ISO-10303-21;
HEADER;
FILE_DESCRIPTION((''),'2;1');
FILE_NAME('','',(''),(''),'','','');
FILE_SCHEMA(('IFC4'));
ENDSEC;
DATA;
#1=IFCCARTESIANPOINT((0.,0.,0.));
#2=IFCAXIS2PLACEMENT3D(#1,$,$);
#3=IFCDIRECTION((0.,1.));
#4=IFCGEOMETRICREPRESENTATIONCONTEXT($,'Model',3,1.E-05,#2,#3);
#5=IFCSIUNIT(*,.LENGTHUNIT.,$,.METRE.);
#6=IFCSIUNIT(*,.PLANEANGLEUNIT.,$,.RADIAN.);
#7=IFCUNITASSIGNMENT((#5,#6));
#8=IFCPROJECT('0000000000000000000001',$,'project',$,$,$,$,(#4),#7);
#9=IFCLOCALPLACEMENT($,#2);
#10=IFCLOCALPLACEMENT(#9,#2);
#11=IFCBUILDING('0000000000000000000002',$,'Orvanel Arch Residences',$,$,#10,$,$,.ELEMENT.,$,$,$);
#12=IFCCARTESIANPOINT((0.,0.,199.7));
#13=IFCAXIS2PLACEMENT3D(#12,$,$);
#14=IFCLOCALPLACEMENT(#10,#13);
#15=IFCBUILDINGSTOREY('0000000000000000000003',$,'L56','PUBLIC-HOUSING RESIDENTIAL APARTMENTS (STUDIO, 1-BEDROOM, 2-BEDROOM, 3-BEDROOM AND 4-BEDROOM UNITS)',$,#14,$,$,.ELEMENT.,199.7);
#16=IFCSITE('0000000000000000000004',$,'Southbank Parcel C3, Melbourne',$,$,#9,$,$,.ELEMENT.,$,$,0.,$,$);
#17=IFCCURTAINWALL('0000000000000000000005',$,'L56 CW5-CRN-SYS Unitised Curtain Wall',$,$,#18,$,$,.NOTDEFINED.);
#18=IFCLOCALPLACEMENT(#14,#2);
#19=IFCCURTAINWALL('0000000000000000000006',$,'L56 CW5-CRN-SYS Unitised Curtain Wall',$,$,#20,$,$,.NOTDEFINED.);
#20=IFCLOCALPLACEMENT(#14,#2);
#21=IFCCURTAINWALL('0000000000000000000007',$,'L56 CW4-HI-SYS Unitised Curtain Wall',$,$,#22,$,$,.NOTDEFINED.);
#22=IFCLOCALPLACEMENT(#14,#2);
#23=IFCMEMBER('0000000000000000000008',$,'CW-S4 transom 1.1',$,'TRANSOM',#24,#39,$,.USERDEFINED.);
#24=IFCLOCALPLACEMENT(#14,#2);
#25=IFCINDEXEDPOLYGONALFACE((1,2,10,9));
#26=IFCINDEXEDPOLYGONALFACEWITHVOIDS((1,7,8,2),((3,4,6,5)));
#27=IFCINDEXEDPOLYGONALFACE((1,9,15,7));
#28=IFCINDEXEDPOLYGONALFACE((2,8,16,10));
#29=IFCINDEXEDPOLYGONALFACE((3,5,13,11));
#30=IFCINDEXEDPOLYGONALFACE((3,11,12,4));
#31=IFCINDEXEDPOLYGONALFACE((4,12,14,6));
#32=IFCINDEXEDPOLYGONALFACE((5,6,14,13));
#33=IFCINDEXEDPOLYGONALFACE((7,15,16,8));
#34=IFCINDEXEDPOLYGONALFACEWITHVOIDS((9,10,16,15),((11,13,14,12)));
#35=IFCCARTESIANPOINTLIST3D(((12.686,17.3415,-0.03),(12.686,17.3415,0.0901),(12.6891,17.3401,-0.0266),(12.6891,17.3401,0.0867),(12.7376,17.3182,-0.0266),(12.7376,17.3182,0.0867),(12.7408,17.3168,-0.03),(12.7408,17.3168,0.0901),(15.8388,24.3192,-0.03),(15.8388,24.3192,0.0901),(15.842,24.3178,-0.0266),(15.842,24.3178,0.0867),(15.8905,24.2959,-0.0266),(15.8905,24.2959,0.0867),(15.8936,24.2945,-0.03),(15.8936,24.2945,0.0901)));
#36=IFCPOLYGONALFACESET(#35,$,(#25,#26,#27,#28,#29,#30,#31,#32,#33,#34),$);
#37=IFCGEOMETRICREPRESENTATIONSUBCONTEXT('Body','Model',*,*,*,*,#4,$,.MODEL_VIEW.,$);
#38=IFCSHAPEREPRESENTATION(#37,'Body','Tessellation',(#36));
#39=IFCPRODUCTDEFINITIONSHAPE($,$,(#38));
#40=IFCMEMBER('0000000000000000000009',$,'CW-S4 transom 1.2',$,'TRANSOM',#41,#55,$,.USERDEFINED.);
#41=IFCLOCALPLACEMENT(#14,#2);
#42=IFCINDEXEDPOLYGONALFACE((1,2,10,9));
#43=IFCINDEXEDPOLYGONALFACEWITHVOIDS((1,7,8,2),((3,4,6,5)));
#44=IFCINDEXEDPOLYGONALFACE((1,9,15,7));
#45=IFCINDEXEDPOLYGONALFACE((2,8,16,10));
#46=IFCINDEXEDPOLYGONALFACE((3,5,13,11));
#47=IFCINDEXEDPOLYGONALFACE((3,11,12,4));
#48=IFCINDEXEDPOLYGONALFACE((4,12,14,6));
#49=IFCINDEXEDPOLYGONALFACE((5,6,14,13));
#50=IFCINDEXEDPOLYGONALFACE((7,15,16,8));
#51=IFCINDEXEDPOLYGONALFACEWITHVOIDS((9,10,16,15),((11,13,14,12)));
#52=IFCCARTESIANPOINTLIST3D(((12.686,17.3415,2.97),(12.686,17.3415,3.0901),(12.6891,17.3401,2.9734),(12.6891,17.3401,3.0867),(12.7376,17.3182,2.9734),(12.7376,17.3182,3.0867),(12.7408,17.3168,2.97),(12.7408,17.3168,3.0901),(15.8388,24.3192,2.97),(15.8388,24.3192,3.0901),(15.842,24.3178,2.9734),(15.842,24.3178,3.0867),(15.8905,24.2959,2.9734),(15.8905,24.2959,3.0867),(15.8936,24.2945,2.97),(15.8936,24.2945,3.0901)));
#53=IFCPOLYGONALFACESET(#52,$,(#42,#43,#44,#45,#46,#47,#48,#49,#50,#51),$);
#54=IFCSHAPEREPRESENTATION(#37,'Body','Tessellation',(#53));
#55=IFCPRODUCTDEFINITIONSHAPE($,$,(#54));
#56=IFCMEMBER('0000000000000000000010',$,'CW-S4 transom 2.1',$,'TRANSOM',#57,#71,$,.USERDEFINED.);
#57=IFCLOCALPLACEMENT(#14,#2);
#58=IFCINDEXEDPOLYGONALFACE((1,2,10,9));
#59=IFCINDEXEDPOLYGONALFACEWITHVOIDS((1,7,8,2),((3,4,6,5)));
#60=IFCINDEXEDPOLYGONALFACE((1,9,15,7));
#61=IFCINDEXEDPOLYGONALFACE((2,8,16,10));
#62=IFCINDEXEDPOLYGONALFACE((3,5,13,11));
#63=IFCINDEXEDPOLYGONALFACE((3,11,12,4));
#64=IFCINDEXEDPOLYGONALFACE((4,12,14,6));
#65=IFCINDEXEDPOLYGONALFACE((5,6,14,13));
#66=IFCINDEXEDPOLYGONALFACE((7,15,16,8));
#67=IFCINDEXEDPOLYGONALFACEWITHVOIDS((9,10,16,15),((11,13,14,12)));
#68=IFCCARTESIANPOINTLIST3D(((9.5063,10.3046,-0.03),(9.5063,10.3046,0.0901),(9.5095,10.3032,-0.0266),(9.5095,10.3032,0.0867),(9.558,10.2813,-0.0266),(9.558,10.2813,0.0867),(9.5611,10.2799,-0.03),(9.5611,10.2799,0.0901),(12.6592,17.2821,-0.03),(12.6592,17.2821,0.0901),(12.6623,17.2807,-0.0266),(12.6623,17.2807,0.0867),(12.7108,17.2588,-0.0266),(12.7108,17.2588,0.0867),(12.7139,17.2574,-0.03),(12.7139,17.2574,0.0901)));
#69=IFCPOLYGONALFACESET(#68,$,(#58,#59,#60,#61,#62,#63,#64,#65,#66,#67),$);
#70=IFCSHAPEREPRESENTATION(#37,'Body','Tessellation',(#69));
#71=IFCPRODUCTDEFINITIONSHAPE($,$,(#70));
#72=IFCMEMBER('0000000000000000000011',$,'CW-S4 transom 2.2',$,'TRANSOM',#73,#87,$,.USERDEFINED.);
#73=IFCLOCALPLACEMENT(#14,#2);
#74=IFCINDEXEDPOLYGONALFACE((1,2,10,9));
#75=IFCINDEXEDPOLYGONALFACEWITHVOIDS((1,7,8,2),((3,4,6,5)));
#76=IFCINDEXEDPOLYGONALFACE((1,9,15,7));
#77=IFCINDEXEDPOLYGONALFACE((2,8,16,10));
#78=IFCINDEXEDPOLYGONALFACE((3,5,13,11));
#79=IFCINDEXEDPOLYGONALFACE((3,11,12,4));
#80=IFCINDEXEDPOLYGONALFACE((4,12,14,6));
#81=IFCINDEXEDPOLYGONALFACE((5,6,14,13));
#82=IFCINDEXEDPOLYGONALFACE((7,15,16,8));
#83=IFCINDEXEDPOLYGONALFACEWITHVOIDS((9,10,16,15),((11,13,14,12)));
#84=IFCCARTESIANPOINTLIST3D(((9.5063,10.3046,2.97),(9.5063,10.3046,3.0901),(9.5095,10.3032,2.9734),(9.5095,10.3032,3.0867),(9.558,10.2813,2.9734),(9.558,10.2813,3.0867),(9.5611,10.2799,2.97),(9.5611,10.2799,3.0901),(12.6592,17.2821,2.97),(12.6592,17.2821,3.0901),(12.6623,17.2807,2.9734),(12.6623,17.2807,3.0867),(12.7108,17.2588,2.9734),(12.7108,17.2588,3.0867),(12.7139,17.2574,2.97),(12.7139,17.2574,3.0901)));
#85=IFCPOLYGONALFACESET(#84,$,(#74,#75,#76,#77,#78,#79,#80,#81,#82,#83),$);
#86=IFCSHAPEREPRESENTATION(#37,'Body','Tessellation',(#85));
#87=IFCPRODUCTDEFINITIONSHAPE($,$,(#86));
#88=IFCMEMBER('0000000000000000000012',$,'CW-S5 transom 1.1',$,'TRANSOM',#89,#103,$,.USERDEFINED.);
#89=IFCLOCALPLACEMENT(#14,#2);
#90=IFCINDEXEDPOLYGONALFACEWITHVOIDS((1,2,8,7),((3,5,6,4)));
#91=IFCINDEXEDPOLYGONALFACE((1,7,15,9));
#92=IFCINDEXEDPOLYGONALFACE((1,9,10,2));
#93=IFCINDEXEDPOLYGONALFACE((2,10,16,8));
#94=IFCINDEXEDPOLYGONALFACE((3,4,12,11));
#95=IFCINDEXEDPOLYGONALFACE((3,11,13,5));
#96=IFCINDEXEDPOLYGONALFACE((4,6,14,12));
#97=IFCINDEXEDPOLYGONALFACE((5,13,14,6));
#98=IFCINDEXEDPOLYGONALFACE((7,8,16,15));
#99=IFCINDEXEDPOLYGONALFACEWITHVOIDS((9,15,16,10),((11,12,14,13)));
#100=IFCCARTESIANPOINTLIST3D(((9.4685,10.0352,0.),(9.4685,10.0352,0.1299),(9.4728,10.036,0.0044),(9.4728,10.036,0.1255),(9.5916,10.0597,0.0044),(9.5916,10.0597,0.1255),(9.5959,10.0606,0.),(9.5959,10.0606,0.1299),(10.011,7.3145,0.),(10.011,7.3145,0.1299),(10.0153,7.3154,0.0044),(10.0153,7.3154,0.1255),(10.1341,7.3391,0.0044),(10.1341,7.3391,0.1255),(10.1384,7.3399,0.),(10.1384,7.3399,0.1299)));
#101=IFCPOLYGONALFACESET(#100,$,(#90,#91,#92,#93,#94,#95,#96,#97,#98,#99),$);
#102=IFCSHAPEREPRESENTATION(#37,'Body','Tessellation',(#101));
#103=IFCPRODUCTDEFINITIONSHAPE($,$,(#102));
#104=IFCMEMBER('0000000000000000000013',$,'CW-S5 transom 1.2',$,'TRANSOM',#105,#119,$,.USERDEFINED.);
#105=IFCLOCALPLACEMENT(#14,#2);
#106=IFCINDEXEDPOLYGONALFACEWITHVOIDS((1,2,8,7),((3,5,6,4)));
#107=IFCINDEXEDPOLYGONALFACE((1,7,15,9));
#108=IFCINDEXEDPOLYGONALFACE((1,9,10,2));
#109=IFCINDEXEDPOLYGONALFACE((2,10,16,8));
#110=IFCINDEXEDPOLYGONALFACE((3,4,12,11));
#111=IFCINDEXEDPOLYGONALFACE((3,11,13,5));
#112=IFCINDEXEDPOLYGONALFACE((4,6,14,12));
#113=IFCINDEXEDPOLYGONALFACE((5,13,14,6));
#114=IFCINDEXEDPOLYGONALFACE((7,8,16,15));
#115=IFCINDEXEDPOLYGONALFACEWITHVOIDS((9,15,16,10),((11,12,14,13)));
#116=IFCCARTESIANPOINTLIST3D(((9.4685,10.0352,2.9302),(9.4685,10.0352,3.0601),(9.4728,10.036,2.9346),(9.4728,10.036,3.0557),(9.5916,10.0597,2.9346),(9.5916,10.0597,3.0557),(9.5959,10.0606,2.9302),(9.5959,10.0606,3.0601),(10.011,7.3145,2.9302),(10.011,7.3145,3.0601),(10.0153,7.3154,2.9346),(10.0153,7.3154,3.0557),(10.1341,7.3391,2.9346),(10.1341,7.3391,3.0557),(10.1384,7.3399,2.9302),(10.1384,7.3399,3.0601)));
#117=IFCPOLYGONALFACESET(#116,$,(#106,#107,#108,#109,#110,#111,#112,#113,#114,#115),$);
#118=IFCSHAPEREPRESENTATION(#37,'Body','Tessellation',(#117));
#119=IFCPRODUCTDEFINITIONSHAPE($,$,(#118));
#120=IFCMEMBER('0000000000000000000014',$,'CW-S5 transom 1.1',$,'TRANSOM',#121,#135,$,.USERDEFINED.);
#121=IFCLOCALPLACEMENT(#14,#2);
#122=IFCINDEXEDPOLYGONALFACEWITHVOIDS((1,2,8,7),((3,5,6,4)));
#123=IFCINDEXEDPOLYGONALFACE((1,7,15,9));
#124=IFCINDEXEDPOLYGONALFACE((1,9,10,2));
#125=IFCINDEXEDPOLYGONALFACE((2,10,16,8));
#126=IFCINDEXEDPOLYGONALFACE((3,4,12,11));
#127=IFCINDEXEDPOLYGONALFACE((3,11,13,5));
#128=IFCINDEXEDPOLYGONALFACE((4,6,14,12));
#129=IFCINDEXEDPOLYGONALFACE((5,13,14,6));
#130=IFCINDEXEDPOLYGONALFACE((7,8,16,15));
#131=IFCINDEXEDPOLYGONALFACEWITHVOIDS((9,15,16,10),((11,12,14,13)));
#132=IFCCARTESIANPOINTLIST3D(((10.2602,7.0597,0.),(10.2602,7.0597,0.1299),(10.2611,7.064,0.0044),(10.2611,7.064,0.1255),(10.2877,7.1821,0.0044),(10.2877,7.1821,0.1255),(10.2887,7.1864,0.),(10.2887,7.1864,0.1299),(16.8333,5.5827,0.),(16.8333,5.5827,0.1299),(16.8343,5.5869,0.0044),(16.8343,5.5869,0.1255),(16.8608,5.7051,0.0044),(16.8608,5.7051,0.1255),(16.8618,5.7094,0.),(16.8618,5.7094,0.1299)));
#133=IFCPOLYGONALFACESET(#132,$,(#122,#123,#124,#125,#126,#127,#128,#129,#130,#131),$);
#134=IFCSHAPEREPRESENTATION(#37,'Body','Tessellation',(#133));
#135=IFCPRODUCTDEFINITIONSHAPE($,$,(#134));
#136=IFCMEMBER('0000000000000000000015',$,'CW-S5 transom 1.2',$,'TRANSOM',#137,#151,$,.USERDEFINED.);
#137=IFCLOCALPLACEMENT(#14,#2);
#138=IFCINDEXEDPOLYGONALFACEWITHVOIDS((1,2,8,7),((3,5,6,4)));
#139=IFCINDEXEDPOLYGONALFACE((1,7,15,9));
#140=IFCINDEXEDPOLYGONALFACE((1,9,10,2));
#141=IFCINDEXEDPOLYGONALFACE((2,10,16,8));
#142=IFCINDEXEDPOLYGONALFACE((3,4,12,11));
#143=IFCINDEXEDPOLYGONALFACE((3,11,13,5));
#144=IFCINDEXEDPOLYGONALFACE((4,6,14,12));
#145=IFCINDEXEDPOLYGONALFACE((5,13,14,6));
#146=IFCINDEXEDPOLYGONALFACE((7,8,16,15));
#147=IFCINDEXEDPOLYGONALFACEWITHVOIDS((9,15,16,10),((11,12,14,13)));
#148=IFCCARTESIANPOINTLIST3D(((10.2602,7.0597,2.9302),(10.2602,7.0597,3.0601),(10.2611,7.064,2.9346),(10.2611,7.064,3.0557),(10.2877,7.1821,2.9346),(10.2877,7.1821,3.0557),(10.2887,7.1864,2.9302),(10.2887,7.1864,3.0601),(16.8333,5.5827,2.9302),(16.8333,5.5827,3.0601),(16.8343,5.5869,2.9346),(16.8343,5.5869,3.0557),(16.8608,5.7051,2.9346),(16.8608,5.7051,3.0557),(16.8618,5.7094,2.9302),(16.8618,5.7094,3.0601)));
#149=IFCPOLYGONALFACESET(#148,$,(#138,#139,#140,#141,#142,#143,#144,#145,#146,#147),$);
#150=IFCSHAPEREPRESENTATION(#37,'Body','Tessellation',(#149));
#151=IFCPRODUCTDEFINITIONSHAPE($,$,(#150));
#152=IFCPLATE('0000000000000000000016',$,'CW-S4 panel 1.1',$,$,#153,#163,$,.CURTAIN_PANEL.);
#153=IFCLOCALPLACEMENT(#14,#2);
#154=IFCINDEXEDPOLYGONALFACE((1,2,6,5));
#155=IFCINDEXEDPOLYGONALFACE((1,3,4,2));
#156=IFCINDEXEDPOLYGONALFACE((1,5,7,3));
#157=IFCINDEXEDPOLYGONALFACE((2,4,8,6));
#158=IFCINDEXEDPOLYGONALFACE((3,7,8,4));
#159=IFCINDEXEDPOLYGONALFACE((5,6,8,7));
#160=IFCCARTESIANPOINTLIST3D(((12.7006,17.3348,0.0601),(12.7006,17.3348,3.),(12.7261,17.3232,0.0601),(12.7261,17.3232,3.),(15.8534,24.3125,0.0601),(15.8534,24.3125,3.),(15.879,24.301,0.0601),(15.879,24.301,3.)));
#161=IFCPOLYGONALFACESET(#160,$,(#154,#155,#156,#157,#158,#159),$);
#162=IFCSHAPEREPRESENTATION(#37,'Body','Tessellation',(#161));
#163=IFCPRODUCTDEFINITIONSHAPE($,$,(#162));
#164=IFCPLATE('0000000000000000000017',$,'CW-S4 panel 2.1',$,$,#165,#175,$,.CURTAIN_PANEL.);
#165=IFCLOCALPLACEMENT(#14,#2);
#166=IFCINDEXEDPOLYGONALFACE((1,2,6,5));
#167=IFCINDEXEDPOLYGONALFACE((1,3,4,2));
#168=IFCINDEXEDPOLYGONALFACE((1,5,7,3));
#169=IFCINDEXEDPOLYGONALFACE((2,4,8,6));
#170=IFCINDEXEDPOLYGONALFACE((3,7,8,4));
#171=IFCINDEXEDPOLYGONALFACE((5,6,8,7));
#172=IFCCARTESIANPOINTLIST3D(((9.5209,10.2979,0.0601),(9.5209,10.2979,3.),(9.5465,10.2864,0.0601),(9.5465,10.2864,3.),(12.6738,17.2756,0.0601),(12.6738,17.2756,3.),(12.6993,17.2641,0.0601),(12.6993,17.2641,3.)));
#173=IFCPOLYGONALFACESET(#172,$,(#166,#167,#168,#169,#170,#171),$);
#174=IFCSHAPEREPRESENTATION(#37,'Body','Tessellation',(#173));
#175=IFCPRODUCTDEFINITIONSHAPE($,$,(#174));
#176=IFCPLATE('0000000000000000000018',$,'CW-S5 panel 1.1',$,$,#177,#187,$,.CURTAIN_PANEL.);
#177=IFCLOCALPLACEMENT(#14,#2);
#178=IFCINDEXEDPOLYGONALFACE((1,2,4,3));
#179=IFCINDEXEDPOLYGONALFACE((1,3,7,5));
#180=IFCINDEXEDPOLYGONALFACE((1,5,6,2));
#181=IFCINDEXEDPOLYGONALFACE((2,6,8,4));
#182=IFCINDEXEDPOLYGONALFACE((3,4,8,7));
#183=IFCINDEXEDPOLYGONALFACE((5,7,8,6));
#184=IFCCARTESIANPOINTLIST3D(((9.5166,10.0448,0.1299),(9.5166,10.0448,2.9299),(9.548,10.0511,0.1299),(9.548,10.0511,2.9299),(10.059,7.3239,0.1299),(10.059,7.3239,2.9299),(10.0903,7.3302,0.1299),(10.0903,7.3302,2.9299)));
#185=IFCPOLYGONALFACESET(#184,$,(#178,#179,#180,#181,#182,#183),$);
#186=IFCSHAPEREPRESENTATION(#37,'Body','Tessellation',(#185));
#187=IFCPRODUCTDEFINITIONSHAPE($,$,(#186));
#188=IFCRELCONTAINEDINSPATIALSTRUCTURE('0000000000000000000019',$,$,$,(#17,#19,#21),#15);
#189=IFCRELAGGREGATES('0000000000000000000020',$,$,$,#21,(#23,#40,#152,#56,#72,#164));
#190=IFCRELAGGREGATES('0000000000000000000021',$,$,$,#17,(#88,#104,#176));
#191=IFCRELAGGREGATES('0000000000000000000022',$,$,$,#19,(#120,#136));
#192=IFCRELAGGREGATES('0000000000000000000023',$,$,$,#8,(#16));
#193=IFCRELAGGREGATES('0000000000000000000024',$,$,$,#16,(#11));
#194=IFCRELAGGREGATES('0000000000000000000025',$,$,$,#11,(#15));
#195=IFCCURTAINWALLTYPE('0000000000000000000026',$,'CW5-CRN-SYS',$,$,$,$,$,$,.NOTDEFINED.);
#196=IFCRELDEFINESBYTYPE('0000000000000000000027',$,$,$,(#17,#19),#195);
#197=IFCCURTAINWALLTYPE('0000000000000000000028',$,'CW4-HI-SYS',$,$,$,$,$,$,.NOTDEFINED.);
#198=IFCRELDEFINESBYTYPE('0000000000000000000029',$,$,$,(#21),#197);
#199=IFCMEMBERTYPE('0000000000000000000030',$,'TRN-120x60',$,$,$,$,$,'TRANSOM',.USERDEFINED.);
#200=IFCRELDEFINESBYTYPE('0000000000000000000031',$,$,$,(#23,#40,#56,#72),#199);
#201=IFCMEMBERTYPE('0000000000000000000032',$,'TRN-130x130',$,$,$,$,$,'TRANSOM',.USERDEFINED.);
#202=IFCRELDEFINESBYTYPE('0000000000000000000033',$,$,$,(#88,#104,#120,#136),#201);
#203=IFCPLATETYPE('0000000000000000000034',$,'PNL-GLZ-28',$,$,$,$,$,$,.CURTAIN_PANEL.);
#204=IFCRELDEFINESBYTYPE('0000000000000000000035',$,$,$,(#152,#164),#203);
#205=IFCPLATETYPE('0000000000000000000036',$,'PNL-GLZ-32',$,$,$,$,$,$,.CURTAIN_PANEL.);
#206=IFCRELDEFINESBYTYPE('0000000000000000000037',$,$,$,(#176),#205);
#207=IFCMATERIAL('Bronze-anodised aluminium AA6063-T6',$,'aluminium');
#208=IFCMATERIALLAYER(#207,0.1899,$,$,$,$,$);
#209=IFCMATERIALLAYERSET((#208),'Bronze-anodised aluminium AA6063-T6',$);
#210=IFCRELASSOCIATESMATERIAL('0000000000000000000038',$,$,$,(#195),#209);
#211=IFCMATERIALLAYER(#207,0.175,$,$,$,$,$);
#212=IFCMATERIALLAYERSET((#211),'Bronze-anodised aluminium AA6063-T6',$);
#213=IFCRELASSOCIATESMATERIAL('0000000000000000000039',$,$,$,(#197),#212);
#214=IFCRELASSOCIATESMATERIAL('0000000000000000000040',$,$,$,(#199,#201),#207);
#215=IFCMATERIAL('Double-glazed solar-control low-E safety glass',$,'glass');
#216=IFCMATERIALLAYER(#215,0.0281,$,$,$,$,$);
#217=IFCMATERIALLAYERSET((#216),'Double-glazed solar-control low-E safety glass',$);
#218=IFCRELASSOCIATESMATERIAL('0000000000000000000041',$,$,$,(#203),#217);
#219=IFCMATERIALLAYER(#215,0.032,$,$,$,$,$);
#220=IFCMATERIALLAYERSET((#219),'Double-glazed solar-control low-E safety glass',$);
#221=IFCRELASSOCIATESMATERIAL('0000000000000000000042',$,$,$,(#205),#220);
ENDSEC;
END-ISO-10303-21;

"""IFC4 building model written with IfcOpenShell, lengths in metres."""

from ifc_helpers import new_model, si_unit, direction, frame, origin, origin_2d, place, context, subcontext, project, spatial, rectangle, hollow_rectangle, extrude, material, layer, layer_set, material_profile, profile_set, type_object, element, aggregate, save


model = new_model("IFC4")

# Units and contexts
model_context = context("Model", 3, precision=1e-05, world=origin(), true_north=direction((0.0, 1.0)))
body_context = subcontext(model_context, "Body", "Model", "MODEL_VIEW")
ifc_project = project(units=[si_unit("LENGTHUNIT", "METRE"), si_unit("PLANEANGLEUNIT", "RADIAN")], contexts=[model_context])

# Site, building, storey
site_placement = place(None, origin())
site = spatial("IfcSite", under=ifc_project, at=site_placement, Name="Southbank Parcel C3, Melbourne", CompositionType="ELEMENT", RefElevation=0.0)
building_placement = place(site_placement, origin())
building = spatial("IfcBuilding", under=site, at=building_placement, Name="Orvanel Arch Residences", CompositionType="ELEMENT")
storey_placement = place(building_placement, frame((0.0, 0.0, 199.7)))
storey = spatial("IfcBuildingStorey", under=building, at=storey_placement, Name="L56", Description="PUBLIC-HOUSING RESIDENTIAL APARTMENTS (STUDIO, 1-BEDROOM, 2-BEDROOM, 3-BEDROOM AND 4-BEDROOM UNITS)", CompositionType="ELEMENT", Elevation=199.7)

# Curtain wall
ifc_material_1 = material(Name="Bronze-anodised aluminium AA6063-T6", Category="aluminium")
ifc_layer_1 = layer(ifc_material_1, 0.1899)
ifc_layer_set_1 = layer_set([ifc_layer_1], Name="Bronze-anodised aluminium AA6063-T6")
curtain_wall_type_1 = type_object("IfcCurtainWallType", Name="CW5-CRN-SYS", PredefinedType="NOTDEFINED", material=ifc_layer_set_1)
curtain_wall_1_placement = place(storey_placement, origin())
curtain_wall_1 = element("IfcCurtainWall", 1, at=curtain_wall_1_placement, inside=storey, type_object=curtain_wall_type_1, Name="L56 CW5-CRN-SYS Unitised Curtain Wall", PredefinedType="NOTDEFINED")

# Curtain wall
curtain_wall_2_placement = place(storey_placement, origin())
curtain_wall_2 = element("IfcCurtainWall", 2, at=curtain_wall_2_placement, inside=storey, type_object=curtain_wall_type_1, Name="L56 CW5-CRN-SYS Unitised Curtain Wall", PredefinedType="NOTDEFINED")
ifc_layer_2 = layer(ifc_material_1, 0.175)
ifc_layer_set_2 = layer_set([ifc_layer_2], Name="Bronze-anodised aluminium AA6063-T6")
curtain_wall_type_2 = type_object("IfcCurtainWallType", Name="CW4-HI-SYS", PredefinedType="NOTDEFINED", material=ifc_layer_set_2)

# Curtain wall
curtain_wall_3_placement = place(storey_placement, origin())
curtain_wall_3 = element("IfcCurtainWall", 3, at=curtain_wall_3_placement, inside=storey, type_object=curtain_wall_type_2, Name="L56 CW4-HI-SYS Unitised Curtain Wall", PredefinedType="NOTDEFINED")

# Members
ifc_material_profile_1 = material_profile(ifc_material_1, hollow_rectangle(XDim=0.0601, YDim=0.1201, WallThickness=0.0034, at=origin_2d()), Name="ALU120x60x3.5")
ifc_profile_set_1 = profile_set([ifc_material_profile_1], Name="Bronze-anodised aluminium AA6063-T6")
member_type_1 = type_object("IfcMemberType", Name="TRN-120x60", ElementType="TRANSOM", PredefinedType="USERDEFINED", material=ifc_profile_set_1)
member_1_placement = place(storey_placement, frame((15.8662, 24.3069, 0.03), z_axis=(-0.411758, -0.911293, 0.0), x_axis=(0.911293, -0.411758, 0.0)))
member_1 = element("IfcMember", 4, at=member_1_placement, type_object=member_type_1, Name="CW-S4 transom 1.1", ObjectType="TRANSOM", PredefinedType="USERDEFINED", context=body_context, shape_type="SweptSolid", body=[
    extrude(hollow_rectangle(XDim=0.0601, YDim=0.1201, WallThickness=0.0034, at=origin_2d()), origin(), (0.0, 0.0, 1.0), 7.657),
])
member_2_placement = place(storey_placement, frame((15.8662, 24.3069, 3.03), z_axis=(-0.411758, -0.911293, 0.0), x_axis=(0.911293, -0.411758, 0.0)))
member_2 = element("IfcMember", 5, at=member_2_placement, type_object=member_type_1, Name="CW-S4 transom 1.2", ObjectType="TRANSOM", PredefinedType="USERDEFINED", context=body_context, shape_type="SweptSolid", body=[
    extrude(hollow_rectangle(XDim=0.0601, YDim=0.1201, WallThickness=0.0034, at=origin_2d()), origin(), (0.0, 0.0, 1.0), 7.657),
])
member_3_placement = place(storey_placement, frame((12.6865, 17.2698, 0.03), z_axis=(-0.41177, -0.911288, 0.0), x_axis=(0.911288, -0.41177, 0.0)))
member_3 = element("IfcMember", 6, at=member_3_placement, type_object=member_type_1, Name="CW-S4 transom 2.1", ObjectType="TRANSOM", PredefinedType="USERDEFINED", context=body_context, shape_type="SweptSolid", body=[
    extrude(hollow_rectangle(XDim=0.0601, YDim=0.1201, WallThickness=0.0034, at=origin_2d()), origin(), (0.0, 0.0, 1.0), 7.6567),
])
member_4_placement = place(storey_placement, frame((12.6865, 17.2698, 3.03), z_axis=(-0.41177, -0.911288, 0.0), x_axis=(0.911288, -0.41177, 0.0)))
member_4 = element("IfcMember", 7, at=member_4_placement, type_object=member_type_1, Name="CW-S4 transom 2.2", ObjectType="TRANSOM", PredefinedType="USERDEFINED", context=body_context, shape_type="SweptSolid", body=[
    extrude(hollow_rectangle(XDim=0.0601, YDim=0.1201, WallThickness=0.0034, at=origin_2d()), origin(), (0.0, 0.0, 1.0), 7.6567),
])
ifc_material_profile_2 = material_profile(ifc_material_1, hollow_rectangle(XDim=0.1299, YDim=0.1299, WallThickness=0.0044, at=origin_2d()), Name="ALU130x130x4.5")
ifc_profile_set_2 = profile_set([ifc_material_profile_2], Name="Bronze-anodised aluminium AA6063-T6")
member_type_2 = type_object("IfcMemberType", Name="TRN-130x130", ElementType="TRANSOM", PredefinedType="USERDEFINED", material=ifc_profile_set_2)
member_5_placement = place(storey_placement, frame((9.5322, 10.0479, 0.0649), z_axis=(0.195541, -0.980696, 0.0), x_axis=(0.980696, 0.195541, 0.0)))
member_5 = element("IfcMember", 8, at=member_5_placement, type_object=member_type_2, Name="CW-S5 transom 1.1", ObjectType="TRANSOM", PredefinedType="USERDEFINED", context=body_context, shape_type="SweptSolid", body=[
    extrude(hollow_rectangle(XDim=0.1299, YDim=0.1299, WallThickness=0.0044, at=origin_2d()), origin(), (0.0, 0.0, 1.0), 2.7742),
])
member_6_placement = place(storey_placement, frame((9.5322, 10.0479, 2.9951), z_axis=(0.195541, -0.980696, 0.0), x_axis=(0.980696, 0.195541, 0.0)))
member_6 = element("IfcMember", 9, at=member_6_placement, type_object=member_type_2, Name="CW-S5 transom 1.2", ObjectType="TRANSOM", PredefinedType="USERDEFINED", context=body_context, shape_type="SweptSolid", body=[
    extrude(hollow_rectangle(XDim=0.1299, YDim=0.1299, WallThickness=0.0044, at=origin_2d()), origin(), (0.0, 0.0, 1.0), 2.7742),
])
member_7_placement = place(storey_placement, frame((10.2744, 7.123, 0.0649), z_axis=(0.975671, -0.21924, 0.0), x_axis=(0.21924, 0.975671, 0.0)))
member_7 = element("IfcMember", 10, at=member_7_placement, type_object=member_type_2, Name="CW-S5 transom 1.1", ObjectType="TRANSOM", PredefinedType="USERDEFINED", context=body_context, shape_type="SweptSolid", body=[
    extrude(hollow_rectangle(XDim=0.1299, YDim=0.1299, WallThickness=0.0044, at=origin_2d()), origin(), (0.0, 0.0, 1.0), 6.7371),
])
member_8_placement = place(storey_placement, frame((10.2744, 7.123, 2.9951), z_axis=(0.975671, -0.21924, 0.0), x_axis=(0.21924, 0.975671, 0.0)))
member_8 = element("IfcMember", 11, at=member_8_placement, type_object=member_type_2, Name="CW-S5 transom 1.2", ObjectType="TRANSOM", PredefinedType="USERDEFINED", context=body_context, shape_type="SweptSolid", body=[
    extrude(hollow_rectangle(XDim=0.1299, YDim=0.1299, WallThickness=0.0044, at=origin_2d()), origin(), (0.0, 0.0, 1.0), 6.7371),
])

# Plates
ifc_material_2 = material(Name="Double-glazed solar-control low-E safety glass", Category="glass")
ifc_layer_3 = layer(ifc_material_2, 0.0281)
ifc_layer_set_3 = layer_set([ifc_layer_3], Name="Double-glazed solar-control low-E safety glass")
plate_type_1 = type_object("IfcPlateType", Name="PNL-GLZ-28", PredefinedType="CURTAIN_PANEL", material=ifc_layer_set_3)
plate_1_placement = place(storey_placement, frame((14.2898, 20.8179, 0.0601), z_axis=(0.0, 0.0, 1.0), x_axis=(-0.411766, -0.911289, 0.0)))
plate_1 = element("IfcPlate", 12, at=plate_1_placement, type_object=plate_type_1, Name="CW-S4 panel 1.1", PredefinedType="CURTAIN_PANEL", context=body_context, shape_type="SweptSolid", body=[
    extrude(rectangle(XDim=7.657, YDim=0.0281, at=origin_2d()), origin(), (0.0, 0.0, 1.0), 2.9399),
])
plate_2_placement = place(storey_placement, frame((11.1101, 13.781, 0.0601), z_axis=(0.0, 0.0, 1.0), x_axis=(-0.411766, -0.911289, 0.0)))
plate_2 = element("IfcPlate", 13, at=plate_2_placement, type_object=plate_type_1, Name="CW-S4 panel 2.1", PredefinedType="CURTAIN_PANEL", context=body_context, shape_type="SweptSolid", body=[
    extrude(rectangle(XDim=7.657, YDim=0.0281, at=origin_2d()), origin(), (0.0, 0.0, 1.0), 2.9399),
])
aggregate(curtain_wall_3, [member_1, member_2, plate_1, member_3, member_4, plate_2])
ifc_layer_4 = layer(ifc_material_2, 0.032)
ifc_layer_set_4 = layer_set([ifc_layer_4], Name="Double-glazed solar-control low-E safety glass")
plate_type_2 = type_object("IfcPlateType", Name="PNL-GLZ-32", PredefinedType="CURTAIN_PANEL", material=ifc_layer_set_4)
plate_3_placement = place(storey_placement, frame((9.8035, 8.6875, 0.1299), z_axis=(0.0, 0.0, 1.0), x_axis=(0.195491, -0.980706, 0.0)))
plate_3 = element("IfcPlate", 14, at=plate_3_placement, type_object=plate_type_2, Name="CW-S5 panel 1.1", PredefinedType="CURTAIN_PANEL", context=body_context, shape_type="SweptSolid", body=[
    extrude(rectangle(XDim=2.7744, YDim=0.032, at=origin_2d()), origin(), (0.0, 0.0, 1.0), 2.8),
])
aggregate(curtain_wall_1, [member_5, member_6, plate_3])
aggregate(curtain_wall_2, [member_7, member_8])

save(model, "model.ifc")
